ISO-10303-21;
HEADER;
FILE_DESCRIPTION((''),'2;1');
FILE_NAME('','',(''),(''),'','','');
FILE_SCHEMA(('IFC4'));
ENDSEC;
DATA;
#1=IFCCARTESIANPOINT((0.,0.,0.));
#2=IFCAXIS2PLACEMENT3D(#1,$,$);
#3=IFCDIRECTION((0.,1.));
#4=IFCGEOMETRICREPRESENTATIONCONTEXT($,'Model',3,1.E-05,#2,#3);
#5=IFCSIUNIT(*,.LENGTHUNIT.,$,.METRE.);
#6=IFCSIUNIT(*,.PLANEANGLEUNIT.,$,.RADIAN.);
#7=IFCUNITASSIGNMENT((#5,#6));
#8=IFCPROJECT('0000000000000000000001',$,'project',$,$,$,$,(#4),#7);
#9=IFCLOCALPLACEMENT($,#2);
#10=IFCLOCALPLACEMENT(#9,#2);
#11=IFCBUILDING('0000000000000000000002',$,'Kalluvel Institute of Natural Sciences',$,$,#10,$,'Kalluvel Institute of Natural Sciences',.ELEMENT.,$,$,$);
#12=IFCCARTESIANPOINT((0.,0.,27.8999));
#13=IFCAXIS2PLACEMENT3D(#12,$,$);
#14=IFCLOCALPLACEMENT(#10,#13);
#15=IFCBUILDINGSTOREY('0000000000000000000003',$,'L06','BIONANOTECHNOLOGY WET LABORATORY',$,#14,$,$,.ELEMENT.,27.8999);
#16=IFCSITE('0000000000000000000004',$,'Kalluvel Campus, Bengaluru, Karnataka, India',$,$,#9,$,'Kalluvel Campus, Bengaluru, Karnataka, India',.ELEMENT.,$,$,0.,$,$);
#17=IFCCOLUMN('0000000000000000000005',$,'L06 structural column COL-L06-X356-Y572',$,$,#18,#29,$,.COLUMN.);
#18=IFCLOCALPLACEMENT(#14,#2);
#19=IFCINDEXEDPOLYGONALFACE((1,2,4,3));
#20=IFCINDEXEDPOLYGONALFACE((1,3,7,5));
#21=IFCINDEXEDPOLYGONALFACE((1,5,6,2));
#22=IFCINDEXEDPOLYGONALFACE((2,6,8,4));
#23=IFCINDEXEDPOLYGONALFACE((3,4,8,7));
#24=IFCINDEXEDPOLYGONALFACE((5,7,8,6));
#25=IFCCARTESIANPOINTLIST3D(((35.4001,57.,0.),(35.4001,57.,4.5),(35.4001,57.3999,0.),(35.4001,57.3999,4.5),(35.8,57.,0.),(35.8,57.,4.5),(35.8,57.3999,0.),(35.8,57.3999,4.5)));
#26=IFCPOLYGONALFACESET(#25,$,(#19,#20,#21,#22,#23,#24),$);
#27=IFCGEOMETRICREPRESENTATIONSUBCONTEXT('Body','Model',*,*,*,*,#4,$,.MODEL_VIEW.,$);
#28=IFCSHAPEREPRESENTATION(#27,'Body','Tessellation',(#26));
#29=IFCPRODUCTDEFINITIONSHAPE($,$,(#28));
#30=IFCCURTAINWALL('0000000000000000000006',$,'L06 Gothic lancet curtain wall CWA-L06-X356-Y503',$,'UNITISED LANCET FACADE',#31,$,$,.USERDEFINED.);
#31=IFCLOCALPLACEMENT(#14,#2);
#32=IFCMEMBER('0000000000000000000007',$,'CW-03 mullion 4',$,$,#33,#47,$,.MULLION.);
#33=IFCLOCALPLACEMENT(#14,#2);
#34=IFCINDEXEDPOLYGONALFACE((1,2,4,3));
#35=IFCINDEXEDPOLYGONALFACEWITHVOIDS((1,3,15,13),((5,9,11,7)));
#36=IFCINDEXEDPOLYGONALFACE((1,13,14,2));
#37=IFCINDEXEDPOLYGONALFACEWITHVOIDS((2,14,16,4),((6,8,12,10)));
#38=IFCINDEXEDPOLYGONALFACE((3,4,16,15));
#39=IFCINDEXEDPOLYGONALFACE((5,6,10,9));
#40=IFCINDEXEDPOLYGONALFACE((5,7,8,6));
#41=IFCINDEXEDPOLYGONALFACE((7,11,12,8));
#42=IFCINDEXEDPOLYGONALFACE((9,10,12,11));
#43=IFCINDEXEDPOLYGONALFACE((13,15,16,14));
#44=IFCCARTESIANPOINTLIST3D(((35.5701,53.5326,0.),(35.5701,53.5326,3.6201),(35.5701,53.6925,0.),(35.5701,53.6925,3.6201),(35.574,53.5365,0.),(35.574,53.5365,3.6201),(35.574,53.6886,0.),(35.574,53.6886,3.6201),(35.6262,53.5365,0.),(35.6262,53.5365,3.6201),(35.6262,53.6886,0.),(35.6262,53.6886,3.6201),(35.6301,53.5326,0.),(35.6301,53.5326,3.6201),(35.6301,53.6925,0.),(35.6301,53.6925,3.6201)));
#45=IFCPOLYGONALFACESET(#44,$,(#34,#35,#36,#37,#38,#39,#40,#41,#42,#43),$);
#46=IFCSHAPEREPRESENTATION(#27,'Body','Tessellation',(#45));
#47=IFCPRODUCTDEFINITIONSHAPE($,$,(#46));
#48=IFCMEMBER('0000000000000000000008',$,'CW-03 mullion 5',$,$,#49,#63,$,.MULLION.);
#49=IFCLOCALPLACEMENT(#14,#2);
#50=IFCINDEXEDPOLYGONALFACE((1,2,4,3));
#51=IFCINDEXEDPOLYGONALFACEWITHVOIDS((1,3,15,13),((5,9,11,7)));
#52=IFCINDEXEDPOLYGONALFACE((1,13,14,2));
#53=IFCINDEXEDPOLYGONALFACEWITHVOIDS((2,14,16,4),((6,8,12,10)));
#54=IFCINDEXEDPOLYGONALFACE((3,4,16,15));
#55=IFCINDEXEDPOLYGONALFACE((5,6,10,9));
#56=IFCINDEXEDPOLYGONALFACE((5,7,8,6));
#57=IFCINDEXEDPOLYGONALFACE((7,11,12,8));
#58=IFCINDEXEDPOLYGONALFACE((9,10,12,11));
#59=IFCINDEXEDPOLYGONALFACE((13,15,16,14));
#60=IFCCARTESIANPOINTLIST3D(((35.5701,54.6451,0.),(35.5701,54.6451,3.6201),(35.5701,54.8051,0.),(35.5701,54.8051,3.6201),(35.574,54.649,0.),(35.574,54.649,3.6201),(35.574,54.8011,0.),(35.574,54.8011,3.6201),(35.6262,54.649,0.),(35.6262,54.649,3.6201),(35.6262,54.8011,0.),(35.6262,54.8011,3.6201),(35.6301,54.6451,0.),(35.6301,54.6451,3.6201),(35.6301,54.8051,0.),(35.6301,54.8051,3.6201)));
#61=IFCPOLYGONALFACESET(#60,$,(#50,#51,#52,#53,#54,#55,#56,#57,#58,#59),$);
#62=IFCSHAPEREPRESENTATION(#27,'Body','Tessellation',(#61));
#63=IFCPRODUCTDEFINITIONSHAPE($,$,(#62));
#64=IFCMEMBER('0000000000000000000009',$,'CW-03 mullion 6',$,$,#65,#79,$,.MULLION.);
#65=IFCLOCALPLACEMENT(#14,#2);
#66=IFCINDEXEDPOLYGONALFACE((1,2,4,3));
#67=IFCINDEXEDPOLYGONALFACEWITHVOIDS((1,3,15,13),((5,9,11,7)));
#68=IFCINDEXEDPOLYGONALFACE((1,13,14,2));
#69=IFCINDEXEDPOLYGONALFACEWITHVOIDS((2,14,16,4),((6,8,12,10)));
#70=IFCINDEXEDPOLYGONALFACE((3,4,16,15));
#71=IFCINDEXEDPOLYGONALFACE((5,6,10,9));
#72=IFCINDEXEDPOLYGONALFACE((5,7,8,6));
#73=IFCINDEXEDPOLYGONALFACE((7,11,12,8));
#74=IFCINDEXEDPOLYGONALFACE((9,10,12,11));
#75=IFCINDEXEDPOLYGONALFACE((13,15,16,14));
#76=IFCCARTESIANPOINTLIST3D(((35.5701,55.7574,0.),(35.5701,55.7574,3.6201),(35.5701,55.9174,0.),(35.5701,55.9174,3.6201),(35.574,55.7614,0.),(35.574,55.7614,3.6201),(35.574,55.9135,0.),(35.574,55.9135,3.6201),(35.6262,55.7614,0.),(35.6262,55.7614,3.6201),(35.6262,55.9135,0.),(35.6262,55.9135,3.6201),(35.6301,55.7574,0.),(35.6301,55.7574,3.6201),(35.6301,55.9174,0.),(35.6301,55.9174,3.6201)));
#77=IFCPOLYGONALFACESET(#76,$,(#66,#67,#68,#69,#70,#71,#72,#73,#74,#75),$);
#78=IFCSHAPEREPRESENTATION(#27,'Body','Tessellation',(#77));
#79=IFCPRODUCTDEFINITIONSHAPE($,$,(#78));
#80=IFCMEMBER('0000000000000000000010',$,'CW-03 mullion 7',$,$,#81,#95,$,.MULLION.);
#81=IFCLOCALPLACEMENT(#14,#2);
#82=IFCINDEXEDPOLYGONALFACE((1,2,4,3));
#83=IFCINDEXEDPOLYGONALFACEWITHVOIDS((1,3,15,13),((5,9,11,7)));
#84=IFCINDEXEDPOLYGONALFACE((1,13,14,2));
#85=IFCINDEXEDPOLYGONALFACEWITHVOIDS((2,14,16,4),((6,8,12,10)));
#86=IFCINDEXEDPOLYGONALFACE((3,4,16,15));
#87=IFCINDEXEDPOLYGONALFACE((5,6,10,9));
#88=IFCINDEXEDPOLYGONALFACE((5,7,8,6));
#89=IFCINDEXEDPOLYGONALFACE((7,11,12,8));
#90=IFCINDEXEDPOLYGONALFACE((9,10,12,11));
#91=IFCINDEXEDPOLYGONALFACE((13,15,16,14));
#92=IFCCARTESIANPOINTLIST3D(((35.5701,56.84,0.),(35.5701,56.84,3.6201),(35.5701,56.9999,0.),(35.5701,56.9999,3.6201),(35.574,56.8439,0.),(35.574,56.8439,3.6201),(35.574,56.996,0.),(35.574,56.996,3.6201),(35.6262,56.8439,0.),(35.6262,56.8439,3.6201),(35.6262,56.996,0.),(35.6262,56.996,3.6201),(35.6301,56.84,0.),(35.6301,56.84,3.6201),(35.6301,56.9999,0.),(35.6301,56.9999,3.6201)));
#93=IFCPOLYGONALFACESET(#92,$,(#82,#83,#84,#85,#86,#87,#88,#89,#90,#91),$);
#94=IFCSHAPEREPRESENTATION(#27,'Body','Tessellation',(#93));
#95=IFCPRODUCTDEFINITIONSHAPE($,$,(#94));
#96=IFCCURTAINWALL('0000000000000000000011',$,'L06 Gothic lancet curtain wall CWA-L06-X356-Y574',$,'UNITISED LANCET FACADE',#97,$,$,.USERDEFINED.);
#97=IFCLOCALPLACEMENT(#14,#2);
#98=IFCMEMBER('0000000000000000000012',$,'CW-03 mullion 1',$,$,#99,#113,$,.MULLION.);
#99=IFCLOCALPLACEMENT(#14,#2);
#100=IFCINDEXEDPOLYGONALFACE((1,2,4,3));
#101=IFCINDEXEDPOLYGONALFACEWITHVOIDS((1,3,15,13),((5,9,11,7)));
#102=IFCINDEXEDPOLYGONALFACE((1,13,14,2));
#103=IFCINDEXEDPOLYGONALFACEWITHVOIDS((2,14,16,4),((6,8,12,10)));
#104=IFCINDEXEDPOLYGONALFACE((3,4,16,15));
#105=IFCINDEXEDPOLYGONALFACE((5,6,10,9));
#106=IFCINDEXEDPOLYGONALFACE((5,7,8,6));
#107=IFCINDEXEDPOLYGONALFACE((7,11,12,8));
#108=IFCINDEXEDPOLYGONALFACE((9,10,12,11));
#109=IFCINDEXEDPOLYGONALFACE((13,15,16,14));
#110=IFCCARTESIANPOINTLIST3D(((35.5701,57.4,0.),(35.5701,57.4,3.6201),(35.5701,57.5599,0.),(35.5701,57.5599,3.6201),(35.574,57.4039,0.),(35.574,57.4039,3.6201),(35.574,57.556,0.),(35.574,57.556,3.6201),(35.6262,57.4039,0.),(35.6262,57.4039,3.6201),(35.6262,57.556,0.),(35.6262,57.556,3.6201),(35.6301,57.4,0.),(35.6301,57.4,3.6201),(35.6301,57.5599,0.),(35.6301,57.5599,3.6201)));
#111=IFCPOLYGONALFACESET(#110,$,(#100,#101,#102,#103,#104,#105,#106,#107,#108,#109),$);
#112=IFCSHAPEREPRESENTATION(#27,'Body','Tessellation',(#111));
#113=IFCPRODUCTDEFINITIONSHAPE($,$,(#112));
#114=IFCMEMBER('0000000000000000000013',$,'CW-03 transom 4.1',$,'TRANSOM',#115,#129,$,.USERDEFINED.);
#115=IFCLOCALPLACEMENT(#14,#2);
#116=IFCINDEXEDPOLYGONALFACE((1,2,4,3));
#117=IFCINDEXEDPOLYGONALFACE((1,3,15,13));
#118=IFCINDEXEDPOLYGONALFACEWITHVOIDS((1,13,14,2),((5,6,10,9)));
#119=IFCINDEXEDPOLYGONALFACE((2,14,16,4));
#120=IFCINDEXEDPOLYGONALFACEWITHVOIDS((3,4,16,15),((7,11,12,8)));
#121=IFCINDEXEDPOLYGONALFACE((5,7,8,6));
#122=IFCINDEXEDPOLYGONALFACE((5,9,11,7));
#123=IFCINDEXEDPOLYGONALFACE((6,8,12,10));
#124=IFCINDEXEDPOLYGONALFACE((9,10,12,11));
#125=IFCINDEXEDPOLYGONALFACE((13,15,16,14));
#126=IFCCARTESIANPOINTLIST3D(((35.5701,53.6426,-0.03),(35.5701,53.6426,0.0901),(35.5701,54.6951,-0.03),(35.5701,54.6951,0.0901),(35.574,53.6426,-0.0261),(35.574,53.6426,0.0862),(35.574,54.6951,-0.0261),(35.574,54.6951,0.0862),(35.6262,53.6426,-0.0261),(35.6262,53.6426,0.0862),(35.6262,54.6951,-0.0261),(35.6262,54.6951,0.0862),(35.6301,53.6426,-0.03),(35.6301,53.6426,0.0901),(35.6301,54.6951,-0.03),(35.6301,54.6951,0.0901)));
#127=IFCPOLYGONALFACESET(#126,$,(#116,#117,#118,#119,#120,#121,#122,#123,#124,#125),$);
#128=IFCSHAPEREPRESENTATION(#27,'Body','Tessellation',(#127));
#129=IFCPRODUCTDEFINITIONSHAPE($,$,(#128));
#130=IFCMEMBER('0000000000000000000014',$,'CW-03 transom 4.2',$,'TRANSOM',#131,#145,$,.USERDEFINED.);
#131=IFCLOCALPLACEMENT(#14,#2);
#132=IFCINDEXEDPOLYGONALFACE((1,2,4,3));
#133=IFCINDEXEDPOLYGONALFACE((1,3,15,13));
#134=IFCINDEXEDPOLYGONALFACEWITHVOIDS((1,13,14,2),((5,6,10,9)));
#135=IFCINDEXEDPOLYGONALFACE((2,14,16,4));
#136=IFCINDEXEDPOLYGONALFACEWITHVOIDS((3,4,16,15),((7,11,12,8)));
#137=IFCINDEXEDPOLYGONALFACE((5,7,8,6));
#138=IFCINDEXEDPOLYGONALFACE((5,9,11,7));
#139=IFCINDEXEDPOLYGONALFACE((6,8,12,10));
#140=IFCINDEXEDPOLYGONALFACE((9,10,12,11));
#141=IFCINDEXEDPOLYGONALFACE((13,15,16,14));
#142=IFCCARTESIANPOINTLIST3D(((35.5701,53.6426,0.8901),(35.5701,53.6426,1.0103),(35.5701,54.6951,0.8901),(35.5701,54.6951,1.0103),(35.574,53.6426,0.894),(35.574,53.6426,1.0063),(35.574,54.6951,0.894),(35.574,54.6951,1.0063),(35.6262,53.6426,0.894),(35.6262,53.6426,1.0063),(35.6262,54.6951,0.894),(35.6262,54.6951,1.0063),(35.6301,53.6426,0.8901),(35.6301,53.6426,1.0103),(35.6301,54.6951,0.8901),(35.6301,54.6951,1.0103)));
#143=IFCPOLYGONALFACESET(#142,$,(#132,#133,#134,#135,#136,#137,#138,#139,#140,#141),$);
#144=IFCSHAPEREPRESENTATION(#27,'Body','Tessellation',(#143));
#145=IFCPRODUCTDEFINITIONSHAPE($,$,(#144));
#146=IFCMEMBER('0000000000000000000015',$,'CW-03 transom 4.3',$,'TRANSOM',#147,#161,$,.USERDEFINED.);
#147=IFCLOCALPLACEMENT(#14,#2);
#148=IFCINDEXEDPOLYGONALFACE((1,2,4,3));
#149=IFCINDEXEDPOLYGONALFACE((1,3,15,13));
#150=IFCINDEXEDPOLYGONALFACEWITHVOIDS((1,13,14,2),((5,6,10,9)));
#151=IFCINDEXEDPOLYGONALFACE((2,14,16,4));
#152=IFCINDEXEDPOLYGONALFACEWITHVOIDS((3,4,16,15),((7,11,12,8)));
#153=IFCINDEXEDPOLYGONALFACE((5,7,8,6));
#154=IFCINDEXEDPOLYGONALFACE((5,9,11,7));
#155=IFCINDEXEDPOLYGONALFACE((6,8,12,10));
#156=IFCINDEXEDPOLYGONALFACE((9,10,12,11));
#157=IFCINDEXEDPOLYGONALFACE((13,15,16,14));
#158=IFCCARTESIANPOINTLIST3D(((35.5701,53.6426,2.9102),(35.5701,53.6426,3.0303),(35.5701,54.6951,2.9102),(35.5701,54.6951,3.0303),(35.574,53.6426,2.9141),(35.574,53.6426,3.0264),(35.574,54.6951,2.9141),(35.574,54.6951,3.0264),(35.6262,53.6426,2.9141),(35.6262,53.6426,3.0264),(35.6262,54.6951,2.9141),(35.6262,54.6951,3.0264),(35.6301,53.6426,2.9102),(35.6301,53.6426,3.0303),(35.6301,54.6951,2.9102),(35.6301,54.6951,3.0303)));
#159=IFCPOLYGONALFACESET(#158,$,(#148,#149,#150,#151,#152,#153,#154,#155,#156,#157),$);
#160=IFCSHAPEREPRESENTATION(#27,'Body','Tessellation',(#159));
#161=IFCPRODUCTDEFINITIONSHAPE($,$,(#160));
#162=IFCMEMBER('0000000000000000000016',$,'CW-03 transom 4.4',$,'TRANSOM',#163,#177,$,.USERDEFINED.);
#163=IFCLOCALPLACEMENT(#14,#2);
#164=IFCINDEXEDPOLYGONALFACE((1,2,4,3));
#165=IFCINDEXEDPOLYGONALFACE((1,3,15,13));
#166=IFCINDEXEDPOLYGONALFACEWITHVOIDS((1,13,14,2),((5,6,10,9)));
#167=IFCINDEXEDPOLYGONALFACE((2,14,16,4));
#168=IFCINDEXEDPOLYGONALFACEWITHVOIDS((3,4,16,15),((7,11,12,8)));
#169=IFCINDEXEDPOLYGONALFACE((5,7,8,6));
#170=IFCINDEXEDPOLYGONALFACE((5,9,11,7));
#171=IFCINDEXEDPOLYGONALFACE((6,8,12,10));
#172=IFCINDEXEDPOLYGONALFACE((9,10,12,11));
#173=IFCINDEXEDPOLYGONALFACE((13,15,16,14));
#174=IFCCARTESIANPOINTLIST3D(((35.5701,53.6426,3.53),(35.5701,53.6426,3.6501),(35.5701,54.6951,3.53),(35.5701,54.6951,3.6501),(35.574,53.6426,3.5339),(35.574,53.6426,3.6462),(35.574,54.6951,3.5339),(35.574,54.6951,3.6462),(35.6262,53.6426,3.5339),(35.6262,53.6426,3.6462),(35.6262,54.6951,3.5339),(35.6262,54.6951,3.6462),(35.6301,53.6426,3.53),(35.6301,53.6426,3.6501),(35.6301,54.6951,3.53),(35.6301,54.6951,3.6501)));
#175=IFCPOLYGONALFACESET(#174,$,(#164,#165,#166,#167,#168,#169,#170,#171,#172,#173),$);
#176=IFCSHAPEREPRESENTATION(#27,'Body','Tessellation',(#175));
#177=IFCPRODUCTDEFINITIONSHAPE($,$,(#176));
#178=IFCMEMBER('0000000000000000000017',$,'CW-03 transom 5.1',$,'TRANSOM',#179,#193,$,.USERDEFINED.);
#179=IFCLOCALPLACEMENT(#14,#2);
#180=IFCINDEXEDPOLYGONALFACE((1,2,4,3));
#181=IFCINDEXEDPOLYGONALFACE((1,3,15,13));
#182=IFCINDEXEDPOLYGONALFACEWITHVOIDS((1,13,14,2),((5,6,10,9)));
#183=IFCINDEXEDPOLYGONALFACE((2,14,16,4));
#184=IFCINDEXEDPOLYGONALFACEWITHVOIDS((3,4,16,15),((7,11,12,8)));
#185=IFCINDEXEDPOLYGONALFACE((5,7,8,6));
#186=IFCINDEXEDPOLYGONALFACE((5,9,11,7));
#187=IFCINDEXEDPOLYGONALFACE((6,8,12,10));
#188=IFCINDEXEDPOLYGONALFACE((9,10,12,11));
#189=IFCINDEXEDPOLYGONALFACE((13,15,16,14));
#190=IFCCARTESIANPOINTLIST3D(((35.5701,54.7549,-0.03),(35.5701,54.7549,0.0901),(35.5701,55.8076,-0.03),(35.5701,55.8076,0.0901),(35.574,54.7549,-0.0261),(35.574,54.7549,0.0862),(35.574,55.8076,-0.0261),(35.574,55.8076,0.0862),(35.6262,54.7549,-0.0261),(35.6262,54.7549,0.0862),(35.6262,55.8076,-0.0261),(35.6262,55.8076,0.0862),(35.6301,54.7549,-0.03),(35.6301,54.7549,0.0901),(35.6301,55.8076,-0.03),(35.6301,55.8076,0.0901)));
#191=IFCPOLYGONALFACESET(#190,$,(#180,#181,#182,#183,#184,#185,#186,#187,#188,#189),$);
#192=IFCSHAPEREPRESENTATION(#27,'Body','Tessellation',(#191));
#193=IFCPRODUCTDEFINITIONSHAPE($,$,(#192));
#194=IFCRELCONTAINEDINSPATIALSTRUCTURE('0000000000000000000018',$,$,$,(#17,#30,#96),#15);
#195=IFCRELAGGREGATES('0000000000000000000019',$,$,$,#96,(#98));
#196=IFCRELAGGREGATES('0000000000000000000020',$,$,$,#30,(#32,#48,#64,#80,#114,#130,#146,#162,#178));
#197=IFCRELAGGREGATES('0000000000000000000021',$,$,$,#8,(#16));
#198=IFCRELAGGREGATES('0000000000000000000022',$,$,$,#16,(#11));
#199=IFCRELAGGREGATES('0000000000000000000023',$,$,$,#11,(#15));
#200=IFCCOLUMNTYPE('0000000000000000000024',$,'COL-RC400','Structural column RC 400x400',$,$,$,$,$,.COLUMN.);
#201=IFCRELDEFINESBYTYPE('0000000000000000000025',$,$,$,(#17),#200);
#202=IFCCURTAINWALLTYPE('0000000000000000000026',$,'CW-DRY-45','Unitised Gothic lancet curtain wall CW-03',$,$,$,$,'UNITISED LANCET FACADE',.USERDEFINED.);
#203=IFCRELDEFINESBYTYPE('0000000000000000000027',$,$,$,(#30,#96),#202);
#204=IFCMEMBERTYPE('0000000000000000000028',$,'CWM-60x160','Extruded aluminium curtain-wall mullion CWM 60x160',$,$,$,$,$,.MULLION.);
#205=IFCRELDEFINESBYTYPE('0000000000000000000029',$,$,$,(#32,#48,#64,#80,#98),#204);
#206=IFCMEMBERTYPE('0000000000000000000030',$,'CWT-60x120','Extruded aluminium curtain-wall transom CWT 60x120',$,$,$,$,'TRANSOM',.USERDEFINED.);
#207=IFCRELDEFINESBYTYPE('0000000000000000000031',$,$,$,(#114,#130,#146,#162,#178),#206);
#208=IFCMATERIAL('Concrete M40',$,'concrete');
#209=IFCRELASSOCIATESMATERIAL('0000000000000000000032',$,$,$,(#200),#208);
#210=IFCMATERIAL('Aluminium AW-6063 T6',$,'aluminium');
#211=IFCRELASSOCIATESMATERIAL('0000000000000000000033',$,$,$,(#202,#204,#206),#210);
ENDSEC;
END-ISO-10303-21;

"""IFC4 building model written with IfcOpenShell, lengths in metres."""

from ifc_helpers import new_model, si_unit, direction, frame, origin, origin_2d, place, context, subcontext, project, spatial, rectangle, hollow_rectangle, extrude, material, material_profile, profile_set, type_object, element, aggregate, save


model = new_model("IFC4")

# Units and contexts
model_context = context("Model", 3, precision=1e-05, world=origin(), true_north=direction((0.0, 1.0)))
body_context = subcontext(model_context, "Body", "Model", "MODEL_VIEW")
ifc_project = project(units=[si_unit("LENGTHUNIT", "METRE"), si_unit("PLANEANGLEUNIT", "RADIAN")], contexts=[model_context])

# Site, building, storey
site_placement = place(None, origin())
site = spatial("IfcSite", under=ifc_project, at=site_placement, Name="Kalluvel Campus, Bengaluru, Karnataka, India", LongName="Kalluvel Campus, Bengaluru, Karnataka, India", CompositionType="ELEMENT", RefElevation=0.0)
building_placement = place(site_placement, origin())
building = spatial("IfcBuilding", under=site, at=building_placement, Name="Kalluvel Institute of Natural Sciences", LongName="Kalluvel Institute of Natural Sciences", CompositionType="ELEMENT")
storey_placement = place(building_placement, frame((0.0, 0.0, 27.8999)))
storey = spatial("IfcBuildingStorey", under=building, at=storey_placement, Name="L06", Description="BIONANOTECHNOLOGY WET LABORATORY", CompositionType="ELEMENT", Elevation=27.8999)

# Column
ifc_material_1 = material(Name="Concrete M40", Category="concrete")
ifc_material_profile_1 = material_profile(ifc_material_1, rectangle(XDim=0.3999, YDim=0.3999, at=origin_2d()), Name="RC 400x400")
ifc_profile_set_1 = profile_set([ifc_material_profile_1], Name="Concrete M40")
column_type = type_object("IfcColumnType", Name="COL-RC400", Description="Structural column RC 400x400", PredefinedType="COLUMN", material=ifc_profile_set_1)
column_placement = place(storey_placement, frame((35.6001, 57.2, 0.0), z_axis=(0.0, 0.0, 1.0), x_axis=(1.0, 0.0, 0.0)))
element("IfcColumn", 1, at=column_placement, inside=storey, type_object=column_type, Name="L06 structural column COL-L06-X356-Y572", PredefinedType="COLUMN", context=body_context, shape_type="SweptSolid", body=[
    extrude(rectangle(XDim=0.3999, YDim=0.3999, at=origin_2d()), origin(), (0.0, 0.0, 1.0), 4.5),
])

# Curtain wall, members
ifc_material_2 = material(Name="Aluminium AW-6063 T6", Category="aluminium")
curtain_wall_type = type_object("IfcCurtainWallType", Name="CW-DRY-45", Description="Unitised Gothic lancet curtain wall CW-03", ElementType="UNITISED LANCET FACADE", PredefinedType="USERDEFINED", material=ifc_material_2)
curtain_wall_1_placement = place(storey_placement, origin())
curtain_wall_1 = element("IfcCurtainWall", 2, at=curtain_wall_1_placement, inside=storey, type_object=curtain_wall_type, Name="L06 Gothic lancet curtain wall CWA-L06-X356-Y503", ObjectType="UNITISED LANCET FACADE", PredefinedType="USERDEFINED")
ifc_material_profile_2 = material_profile(ifc_material_2, hollow_rectangle(XDim=0.0601, YDim=0.1599, WallThickness=0.0039, at=origin_2d()), Name="CWM 60x160")
ifc_profile_set_2 = profile_set([ifc_material_profile_2], Name="Aluminium AW-6063 T6")
member_type_1 = type_object("IfcMemberType", Name="CWM-60x160", Description="Extruded aluminium curtain-wall mullion CWM 60x160", PredefinedType="MULLION", material=ifc_profile_set_2)
member_1_placement = place(storey_placement, frame((35.6001, 53.6125, 0.0), z_axis=(0.0, 0.0, 1.0), x_axis=(-1.0, 0.0, 0.0)))
member_1 = element("IfcMember", 3, at=member_1_placement, type_object=member_type_1, Name="CW-03 mullion 4", PredefinedType="MULLION", context=body_context, shape_type="SweptSolid", body=[
    extrude(hollow_rectangle(XDim=0.0601, YDim=0.1599, WallThickness=0.0039, at=origin_2d()), origin(), (0.0, 0.0, 1.0), 3.6201),
])
member_2_placement = place(storey_placement, frame((35.6001, 54.7251, 0.0), z_axis=(0.0, 0.0, 1.0), x_axis=(-1.0, 0.0, 0.0)))
member_2 = element("IfcMember", 4, at=member_2_placement, type_object=member_type_1, Name="CW-03 mullion 5", PredefinedType="MULLION", context=body_context, shape_type="SweptSolid", body=[
    extrude(hollow_rectangle(XDim=0.0601, YDim=0.1599, WallThickness=0.0039, at=origin_2d()), origin(), (0.0, 0.0, 1.0), 3.6201),
])
member_3_placement = place(storey_placement, frame((35.6001, 55.8374, 0.0), z_axis=(0.0, 0.0, 1.0), x_axis=(-1.0, 0.0, 0.0)))
member_3 = element("IfcMember", 5, at=member_3_placement, type_object=member_type_1, Name="CW-03 mullion 6", PredefinedType="MULLION", context=body_context, shape_type="SweptSolid", body=[
    extrude(hollow_rectangle(XDim=0.0601, YDim=0.1599, WallThickness=0.0039, at=origin_2d()), origin(), (0.0, 0.0, 1.0), 3.6201),
])
member_4_placement = place(storey_placement, frame((35.6001, 56.9199, 0.0), z_axis=(0.0, 0.0, 1.0), x_axis=(-1.0, 0.0, 0.0)))
member_4 = element("IfcMember", 6, at=member_4_placement, type_object=member_type_1, Name="CW-03 mullion 7", PredefinedType="MULLION", context=body_context, shape_type="SweptSolid", body=[
    extrude(hollow_rectangle(XDim=0.0601, YDim=0.1599, WallThickness=0.0039, at=origin_2d()), origin(), (0.0, 0.0, 1.0), 3.6201),
])

# Curtain wall, member
curtain_wall_2_placement = place(storey_placement, origin())
curtain_wall_2 = element("IfcCurtainWall", 7, at=curtain_wall_2_placement, inside=storey, type_object=curtain_wall_type, Name="L06 Gothic lancet curtain wall CWA-L06-X356-Y574", ObjectType="UNITISED LANCET FACADE", PredefinedType="USERDEFINED")
member_5_placement = place(storey_placement, frame((35.6001, 57.48, 0.0), z_axis=(0.0, 0.0, 1.0), x_axis=(-1.0, 0.0, 0.0)))
member_5 = element("IfcMember", 8, at=member_5_placement, type_object=member_type_1, Name="CW-03 mullion 1", PredefinedType="MULLION", context=body_context, shape_type="SweptSolid", body=[
    extrude(hollow_rectangle(XDim=0.0601, YDim=0.1599, WallThickness=0.0039, at=origin_2d()), origin(), (0.0, 0.0, 1.0), 3.6201),
])
aggregate(curtain_wall_2, [member_5])

# Members
ifc_material_profile_3 = material_profile(ifc_material_2, hollow_rectangle(XDim=0.0601, YDim=0.1201, WallThickness=0.0039, at=origin_2d()), Name="CWT 60x120")
ifc_profile_set_3 = profile_set([ifc_material_profile_3], Name="Aluminium AW-6063 T6")
member_type_2 = type_object("IfcMemberType", Name="CWT-60x120", Description="Extruded aluminium curtain-wall transom CWT 60x120", ElementType="TRANSOM", PredefinedType="USERDEFINED", material=ifc_profile_set_3)
member_6_placement = place(storey_placement, frame((35.6001, 53.6426, 0.03), z_axis=(0.0, 1.0, 0.0), x_axis=(-1.0, 0.0, 0.0)))
member_6 = element("IfcMember", 9, at=member_6_placement, type_object=member_type_2, Name="CW-03 transom 4.1", ObjectType="TRANSOM", PredefinedType="USERDEFINED", context=body_context, shape_type="SweptSolid", body=[
    extrude(hollow_rectangle(XDim=0.0601, YDim=0.1201, WallThickness=0.0039, at=origin_2d()), origin(), (0.0, 0.0, 1.0), 1.0525),
])
member_7_placement = place(storey_placement, frame((35.6001, 53.6426, 0.9502), z_axis=(0.0, 1.0, 0.0), x_axis=(-1.0, 0.0, 0.0)))
member_7 = element("IfcMember", 10, at=member_7_placement, type_object=member_type_2, Name="CW-03 transom 4.2", ObjectType="TRANSOM", PredefinedType="USERDEFINED", context=body_context, shape_type="SweptSolid", body=[
    extrude(hollow_rectangle(XDim=0.0601, YDim=0.1201, WallThickness=0.0039, at=origin_2d()), origin(), (0.0, 0.0, 1.0), 1.0525),
])
member_8_placement = place(storey_placement, frame((35.6001, 53.6426, 2.9702), z_axis=(0.0, 1.0, 0.0), x_axis=(-1.0, 0.0, 0.0)))
member_8 = element("IfcMember", 11, at=member_8_placement, type_object=member_type_2, Name="CW-03 transom 4.3", ObjectType="TRANSOM", PredefinedType="USERDEFINED", context=body_context, shape_type="SweptSolid", body=[
    extrude(hollow_rectangle(XDim=0.0601, YDim=0.1201, WallThickness=0.0039, at=origin_2d()), origin(), (0.0, 0.0, 1.0), 1.0525),
])
member_9_placement = place(storey_placement, frame((35.6001, 53.6426, 3.5901), z_axis=(0.0, 1.0, 0.0), x_axis=(-1.0, 0.0, 0.0)))
member_9 = element("IfcMember", 12, at=member_9_placement, type_object=member_type_2, Name="CW-03 transom 4.4", ObjectType="TRANSOM", PredefinedType="USERDEFINED", context=body_context, shape_type="SweptSolid", body=[
    extrude(hollow_rectangle(XDim=0.0601, YDim=0.1201, WallThickness=0.0039, at=origin_2d()), origin(), (0.0, 0.0, 1.0), 1.0525),
])
member_10_placement = place(storey_placement, frame((35.6001, 54.7549, 0.03), z_axis=(0.0, 1.0, 0.0), x_axis=(-1.0, 0.0, 0.0)))
member_10 = element("IfcMember", 13, at=member_10_placement, type_object=member_type_2, Name="CW-03 transom 5.1", ObjectType="TRANSOM", PredefinedType="USERDEFINED", context=body_context, shape_type="SweptSolid", body=[
    extrude(hollow_rectangle(XDim=0.0601, YDim=0.1201, WallThickness=0.0039, at=origin_2d()), origin(), (0.0, 0.0, 1.0), 1.0527),
])

aggregate(curtain_wall_1, [member_1, member_2, member_3, member_4, member_6, member_7, member_8, member_9, member_10])

save(model, "model.ifc")
